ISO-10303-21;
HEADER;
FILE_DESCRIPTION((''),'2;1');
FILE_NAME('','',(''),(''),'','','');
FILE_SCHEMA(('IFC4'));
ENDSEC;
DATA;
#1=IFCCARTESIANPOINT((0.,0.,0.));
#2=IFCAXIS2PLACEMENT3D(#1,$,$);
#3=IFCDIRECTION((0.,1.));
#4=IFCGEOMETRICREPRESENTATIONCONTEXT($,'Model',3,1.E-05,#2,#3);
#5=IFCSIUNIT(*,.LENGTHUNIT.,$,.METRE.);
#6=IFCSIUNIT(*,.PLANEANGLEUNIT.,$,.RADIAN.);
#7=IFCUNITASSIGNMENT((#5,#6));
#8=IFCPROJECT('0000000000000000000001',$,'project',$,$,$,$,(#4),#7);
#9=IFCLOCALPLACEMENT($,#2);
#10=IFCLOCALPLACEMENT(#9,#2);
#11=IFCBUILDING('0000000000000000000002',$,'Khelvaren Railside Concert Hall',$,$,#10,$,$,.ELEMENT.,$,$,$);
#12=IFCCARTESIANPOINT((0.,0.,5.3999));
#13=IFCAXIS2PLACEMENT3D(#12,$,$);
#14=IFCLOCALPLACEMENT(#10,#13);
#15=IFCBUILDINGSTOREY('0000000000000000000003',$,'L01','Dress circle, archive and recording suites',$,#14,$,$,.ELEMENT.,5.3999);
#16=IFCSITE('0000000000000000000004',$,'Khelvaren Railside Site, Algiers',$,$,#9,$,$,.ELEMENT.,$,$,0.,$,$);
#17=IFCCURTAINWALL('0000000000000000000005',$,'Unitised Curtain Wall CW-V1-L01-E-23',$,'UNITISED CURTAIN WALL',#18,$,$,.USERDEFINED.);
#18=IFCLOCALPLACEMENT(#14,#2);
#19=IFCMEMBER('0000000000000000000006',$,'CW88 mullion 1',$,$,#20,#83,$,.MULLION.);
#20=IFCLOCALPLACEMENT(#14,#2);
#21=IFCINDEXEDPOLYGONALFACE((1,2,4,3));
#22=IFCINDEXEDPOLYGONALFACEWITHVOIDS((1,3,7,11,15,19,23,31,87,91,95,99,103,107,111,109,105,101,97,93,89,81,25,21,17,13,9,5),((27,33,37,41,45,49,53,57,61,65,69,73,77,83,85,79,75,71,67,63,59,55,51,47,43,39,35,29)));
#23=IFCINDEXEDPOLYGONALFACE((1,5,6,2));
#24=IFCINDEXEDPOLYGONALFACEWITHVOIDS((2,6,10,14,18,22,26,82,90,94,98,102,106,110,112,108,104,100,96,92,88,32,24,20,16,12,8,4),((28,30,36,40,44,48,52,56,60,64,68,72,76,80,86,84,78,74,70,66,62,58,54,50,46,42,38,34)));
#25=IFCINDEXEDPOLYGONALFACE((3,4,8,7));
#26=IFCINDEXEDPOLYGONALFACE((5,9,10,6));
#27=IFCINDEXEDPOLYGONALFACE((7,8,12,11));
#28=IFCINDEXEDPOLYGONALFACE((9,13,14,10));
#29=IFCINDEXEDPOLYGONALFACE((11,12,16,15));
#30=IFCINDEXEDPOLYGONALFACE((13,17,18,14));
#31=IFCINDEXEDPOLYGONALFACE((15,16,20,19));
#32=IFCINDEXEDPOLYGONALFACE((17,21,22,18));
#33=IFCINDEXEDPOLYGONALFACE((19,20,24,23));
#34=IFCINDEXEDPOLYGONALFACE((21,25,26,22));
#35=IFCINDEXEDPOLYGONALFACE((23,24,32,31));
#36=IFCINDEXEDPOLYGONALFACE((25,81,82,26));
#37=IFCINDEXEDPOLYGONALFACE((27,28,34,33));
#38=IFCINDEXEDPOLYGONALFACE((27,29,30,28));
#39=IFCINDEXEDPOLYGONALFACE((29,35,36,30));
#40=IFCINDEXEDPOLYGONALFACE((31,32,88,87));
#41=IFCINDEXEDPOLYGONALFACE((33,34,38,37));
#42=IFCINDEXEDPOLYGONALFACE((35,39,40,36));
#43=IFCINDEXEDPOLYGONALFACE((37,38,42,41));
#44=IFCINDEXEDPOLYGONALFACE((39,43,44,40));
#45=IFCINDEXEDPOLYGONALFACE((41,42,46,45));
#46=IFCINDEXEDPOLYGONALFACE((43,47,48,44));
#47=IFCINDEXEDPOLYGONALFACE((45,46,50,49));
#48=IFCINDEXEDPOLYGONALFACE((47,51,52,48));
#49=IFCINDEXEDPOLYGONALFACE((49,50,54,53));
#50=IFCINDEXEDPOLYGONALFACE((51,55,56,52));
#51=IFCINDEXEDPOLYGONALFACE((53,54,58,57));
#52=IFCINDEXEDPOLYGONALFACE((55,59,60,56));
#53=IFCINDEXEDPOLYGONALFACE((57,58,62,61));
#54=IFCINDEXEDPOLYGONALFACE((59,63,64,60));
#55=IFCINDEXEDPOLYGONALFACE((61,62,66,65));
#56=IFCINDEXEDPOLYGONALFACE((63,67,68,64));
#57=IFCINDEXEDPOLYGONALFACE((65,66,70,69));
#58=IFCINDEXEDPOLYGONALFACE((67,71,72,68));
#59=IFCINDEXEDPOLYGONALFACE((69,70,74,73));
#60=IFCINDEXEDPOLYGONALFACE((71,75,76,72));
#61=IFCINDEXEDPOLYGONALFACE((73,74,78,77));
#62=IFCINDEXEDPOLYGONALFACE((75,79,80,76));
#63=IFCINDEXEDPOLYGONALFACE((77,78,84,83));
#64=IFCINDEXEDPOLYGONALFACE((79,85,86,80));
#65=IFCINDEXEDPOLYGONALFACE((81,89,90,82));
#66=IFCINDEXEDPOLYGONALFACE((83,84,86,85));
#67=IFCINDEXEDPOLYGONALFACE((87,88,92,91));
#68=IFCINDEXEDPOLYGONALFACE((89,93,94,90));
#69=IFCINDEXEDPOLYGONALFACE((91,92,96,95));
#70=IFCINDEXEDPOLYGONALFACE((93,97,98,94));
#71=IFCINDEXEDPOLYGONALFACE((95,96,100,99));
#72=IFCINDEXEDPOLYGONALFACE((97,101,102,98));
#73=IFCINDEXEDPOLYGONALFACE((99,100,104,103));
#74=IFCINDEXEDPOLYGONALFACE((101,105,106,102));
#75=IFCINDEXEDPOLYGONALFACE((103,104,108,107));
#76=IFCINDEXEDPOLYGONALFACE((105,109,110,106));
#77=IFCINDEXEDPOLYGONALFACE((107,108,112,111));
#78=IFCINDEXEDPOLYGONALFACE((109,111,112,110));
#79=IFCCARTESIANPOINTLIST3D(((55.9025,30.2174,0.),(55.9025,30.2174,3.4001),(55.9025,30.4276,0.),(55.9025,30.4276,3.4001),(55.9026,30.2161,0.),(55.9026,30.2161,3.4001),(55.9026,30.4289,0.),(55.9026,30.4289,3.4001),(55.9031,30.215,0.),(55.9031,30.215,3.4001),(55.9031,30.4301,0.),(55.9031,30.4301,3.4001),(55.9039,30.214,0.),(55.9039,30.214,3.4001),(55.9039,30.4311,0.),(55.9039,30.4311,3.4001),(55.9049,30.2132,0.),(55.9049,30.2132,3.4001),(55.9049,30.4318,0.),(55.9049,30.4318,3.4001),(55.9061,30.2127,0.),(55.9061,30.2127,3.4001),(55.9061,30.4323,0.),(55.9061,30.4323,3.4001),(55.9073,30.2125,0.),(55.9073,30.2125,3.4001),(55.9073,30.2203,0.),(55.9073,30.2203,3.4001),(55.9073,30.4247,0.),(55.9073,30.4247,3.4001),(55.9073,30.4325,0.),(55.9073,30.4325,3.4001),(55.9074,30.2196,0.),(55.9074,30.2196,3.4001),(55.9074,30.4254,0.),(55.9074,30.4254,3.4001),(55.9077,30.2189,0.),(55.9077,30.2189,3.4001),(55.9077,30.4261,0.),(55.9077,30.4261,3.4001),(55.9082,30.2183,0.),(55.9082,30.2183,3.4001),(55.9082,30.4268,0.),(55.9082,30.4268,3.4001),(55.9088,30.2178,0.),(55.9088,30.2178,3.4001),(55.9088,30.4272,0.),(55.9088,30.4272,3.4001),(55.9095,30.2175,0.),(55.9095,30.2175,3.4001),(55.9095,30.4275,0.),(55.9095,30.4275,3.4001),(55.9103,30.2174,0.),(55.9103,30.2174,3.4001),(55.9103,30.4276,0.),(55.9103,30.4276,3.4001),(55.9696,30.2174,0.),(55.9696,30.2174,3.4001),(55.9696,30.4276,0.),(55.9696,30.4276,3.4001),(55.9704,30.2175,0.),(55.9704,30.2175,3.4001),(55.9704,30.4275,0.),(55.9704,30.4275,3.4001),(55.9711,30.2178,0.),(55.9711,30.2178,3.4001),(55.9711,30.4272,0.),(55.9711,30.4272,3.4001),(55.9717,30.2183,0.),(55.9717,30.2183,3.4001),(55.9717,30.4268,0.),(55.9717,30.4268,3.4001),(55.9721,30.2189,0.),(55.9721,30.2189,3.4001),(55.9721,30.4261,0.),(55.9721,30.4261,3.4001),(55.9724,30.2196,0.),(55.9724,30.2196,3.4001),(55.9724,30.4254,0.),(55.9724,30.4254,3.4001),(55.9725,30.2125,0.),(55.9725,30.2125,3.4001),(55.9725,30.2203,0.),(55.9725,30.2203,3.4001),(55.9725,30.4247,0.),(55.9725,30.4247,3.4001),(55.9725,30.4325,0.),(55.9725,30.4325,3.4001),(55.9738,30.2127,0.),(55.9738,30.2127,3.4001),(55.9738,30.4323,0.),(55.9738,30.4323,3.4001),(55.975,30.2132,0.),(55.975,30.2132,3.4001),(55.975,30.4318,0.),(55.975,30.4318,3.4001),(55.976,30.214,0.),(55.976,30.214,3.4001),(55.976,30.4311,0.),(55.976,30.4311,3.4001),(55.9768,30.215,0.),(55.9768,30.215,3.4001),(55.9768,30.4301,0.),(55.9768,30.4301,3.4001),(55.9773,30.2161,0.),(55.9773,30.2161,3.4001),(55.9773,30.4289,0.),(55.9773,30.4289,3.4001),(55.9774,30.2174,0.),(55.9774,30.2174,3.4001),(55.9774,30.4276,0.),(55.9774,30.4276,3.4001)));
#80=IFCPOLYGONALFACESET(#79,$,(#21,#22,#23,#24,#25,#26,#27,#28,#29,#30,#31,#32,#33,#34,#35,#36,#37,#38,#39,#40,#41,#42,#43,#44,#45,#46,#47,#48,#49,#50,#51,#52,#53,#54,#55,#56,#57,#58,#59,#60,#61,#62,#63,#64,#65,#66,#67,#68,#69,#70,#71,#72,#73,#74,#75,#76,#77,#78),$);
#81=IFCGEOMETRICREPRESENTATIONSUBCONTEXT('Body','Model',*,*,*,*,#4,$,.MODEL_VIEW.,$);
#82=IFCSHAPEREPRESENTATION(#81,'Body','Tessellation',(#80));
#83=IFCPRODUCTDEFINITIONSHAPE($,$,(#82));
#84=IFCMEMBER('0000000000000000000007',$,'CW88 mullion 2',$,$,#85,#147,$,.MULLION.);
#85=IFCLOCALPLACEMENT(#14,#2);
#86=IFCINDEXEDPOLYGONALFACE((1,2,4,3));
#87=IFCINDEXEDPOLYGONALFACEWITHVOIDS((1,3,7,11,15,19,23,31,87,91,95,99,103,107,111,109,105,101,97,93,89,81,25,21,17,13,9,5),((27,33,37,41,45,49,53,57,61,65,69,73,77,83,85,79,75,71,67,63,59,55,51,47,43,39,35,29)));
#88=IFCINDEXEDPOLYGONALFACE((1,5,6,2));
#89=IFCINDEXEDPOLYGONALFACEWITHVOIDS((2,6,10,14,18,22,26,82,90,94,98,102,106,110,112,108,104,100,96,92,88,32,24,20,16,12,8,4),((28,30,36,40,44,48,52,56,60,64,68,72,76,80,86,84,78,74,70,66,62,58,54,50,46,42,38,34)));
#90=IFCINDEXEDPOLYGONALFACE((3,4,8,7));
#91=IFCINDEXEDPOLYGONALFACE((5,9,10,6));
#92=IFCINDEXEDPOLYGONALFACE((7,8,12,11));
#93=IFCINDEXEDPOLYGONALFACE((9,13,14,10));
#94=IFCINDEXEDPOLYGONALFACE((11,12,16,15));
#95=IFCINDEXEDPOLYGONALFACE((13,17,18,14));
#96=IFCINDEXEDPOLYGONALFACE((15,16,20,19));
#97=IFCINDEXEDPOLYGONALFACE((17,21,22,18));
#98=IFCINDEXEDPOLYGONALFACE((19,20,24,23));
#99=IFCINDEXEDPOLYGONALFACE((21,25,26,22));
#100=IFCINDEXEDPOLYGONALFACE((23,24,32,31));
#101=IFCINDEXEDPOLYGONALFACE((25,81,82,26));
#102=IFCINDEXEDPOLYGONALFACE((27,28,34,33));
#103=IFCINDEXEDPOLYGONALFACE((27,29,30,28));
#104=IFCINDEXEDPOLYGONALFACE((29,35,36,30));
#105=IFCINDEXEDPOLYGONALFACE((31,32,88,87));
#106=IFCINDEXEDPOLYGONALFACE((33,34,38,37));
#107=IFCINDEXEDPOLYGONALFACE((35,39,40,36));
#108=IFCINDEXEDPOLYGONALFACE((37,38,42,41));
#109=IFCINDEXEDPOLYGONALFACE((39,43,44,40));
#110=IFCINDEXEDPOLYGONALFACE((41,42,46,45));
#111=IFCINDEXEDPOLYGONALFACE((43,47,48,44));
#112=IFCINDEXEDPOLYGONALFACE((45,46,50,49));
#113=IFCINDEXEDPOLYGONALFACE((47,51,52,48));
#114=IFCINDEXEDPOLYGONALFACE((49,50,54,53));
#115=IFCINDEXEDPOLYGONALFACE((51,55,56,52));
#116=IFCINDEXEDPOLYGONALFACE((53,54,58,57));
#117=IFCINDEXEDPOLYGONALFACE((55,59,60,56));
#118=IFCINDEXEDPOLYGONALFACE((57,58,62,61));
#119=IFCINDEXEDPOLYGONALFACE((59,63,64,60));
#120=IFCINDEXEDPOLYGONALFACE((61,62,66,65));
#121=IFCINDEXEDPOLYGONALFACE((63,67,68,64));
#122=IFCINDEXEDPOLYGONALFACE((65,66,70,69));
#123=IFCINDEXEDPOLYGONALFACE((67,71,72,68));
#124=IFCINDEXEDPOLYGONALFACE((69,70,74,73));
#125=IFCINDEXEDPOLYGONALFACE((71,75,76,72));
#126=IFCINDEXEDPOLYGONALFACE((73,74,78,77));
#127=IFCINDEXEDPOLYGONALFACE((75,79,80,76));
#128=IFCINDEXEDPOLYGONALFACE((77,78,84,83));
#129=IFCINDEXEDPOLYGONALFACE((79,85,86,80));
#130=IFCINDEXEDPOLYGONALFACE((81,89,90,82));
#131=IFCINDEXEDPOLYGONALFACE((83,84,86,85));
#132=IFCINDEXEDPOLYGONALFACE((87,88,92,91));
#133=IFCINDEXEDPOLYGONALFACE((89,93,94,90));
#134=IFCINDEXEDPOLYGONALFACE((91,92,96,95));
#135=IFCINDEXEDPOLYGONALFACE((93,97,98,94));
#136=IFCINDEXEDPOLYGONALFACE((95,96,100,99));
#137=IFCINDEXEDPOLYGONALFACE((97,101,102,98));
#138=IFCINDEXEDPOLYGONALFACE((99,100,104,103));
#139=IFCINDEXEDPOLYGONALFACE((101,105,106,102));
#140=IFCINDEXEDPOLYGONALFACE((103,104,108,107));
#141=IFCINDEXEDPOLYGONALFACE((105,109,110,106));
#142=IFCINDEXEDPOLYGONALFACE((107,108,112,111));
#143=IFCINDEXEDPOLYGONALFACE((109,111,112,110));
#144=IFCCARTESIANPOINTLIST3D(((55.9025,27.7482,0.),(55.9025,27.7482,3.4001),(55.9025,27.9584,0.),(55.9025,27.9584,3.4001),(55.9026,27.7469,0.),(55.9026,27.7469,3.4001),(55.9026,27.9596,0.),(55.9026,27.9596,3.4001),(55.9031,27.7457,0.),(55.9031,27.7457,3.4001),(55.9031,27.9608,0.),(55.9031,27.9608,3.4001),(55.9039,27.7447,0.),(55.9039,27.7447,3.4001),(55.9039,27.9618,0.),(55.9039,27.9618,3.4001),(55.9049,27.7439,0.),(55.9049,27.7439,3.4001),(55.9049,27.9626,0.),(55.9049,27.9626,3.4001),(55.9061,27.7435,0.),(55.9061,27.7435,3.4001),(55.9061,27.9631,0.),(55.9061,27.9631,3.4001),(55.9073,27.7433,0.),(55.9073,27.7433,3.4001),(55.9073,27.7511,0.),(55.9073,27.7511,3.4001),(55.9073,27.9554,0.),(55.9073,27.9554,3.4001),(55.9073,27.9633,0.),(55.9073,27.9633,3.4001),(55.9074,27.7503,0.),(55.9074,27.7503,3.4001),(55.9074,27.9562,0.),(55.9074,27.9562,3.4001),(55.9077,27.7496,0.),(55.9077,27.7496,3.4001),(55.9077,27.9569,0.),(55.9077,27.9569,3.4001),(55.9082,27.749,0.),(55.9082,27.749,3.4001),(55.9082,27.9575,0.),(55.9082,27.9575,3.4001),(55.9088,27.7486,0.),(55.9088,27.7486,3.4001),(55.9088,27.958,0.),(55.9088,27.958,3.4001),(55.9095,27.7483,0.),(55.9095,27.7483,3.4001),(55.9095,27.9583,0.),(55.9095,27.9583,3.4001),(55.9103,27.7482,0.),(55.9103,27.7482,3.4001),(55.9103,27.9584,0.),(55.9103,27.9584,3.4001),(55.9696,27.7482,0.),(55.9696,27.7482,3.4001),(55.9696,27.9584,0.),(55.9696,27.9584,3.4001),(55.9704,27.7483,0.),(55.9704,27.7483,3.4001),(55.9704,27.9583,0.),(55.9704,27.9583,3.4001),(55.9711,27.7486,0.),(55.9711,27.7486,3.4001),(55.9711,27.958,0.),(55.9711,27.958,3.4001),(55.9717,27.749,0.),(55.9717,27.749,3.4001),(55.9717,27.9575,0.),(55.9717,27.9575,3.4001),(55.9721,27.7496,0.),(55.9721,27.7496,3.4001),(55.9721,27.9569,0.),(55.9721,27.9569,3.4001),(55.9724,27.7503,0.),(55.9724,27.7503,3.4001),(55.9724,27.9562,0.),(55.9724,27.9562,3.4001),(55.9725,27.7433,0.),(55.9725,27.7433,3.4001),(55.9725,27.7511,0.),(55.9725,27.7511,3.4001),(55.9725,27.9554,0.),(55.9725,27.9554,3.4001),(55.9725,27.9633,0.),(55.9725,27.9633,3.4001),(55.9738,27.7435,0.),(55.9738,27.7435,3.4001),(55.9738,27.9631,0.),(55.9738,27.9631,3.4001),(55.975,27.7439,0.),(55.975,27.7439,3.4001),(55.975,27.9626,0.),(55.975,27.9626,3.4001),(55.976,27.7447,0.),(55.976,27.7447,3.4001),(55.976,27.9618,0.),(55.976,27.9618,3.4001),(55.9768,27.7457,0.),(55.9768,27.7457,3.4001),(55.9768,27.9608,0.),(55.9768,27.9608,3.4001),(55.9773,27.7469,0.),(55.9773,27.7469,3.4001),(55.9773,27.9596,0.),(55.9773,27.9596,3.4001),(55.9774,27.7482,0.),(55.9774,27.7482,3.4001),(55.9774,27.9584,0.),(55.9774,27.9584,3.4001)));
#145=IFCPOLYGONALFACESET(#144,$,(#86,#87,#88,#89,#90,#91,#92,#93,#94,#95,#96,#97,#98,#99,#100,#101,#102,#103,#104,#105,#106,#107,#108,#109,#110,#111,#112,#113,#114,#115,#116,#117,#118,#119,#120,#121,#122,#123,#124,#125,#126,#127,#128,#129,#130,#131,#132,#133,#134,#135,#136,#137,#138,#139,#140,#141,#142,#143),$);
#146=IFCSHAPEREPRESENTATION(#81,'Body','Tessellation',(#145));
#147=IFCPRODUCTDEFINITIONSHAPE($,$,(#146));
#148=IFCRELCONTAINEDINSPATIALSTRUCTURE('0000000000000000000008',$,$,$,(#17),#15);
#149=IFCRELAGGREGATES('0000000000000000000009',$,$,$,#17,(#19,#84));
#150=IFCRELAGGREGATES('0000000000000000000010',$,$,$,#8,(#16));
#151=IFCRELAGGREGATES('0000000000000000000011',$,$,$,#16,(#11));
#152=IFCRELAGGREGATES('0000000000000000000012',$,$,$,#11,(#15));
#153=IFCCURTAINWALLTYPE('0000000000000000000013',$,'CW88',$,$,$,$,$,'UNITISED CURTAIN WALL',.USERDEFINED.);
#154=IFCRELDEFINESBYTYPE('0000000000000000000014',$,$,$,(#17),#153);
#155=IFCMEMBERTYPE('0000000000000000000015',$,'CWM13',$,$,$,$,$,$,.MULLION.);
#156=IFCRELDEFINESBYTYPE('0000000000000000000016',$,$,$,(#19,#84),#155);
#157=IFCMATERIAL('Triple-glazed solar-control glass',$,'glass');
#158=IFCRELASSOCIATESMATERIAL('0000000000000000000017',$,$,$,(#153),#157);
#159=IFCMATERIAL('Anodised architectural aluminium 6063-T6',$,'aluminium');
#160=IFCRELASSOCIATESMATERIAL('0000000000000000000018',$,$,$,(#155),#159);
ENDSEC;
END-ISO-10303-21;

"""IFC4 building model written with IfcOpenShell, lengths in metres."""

from ifc_helpers import new_model, si_unit, direction, frame, origin, origin_2d, place, context, subcontext, project, spatial, hollow_rectangle, extrude, material, material_profile, profile_set, type_object, element, aggregate, save


model = new_model("IFC4")

# Units and contexts
model_context = context("Model", 3, precision=1e-05, world=origin(), true_north=direction((0.0, 1.0)))
body_context = subcontext(model_context, "Body", "Model", "MODEL_VIEW")
ifc_project = project(units=[si_unit("LENGTHUNIT", "METRE"), si_unit("PLANEANGLEUNIT", "RADIAN")], contexts=[model_context])

# Site, building, storey
site_placement = place(None, origin())
site = spatial("IfcSite", under=ifc_project, at=site_placement, Name="Khelvaren Railside Site, Algiers", CompositionType="ELEMENT", RefElevation=0.0)
building_placement = place(site_placement, origin())
building = spatial("IfcBuilding", under=site, at=building_placement, Name="Khelvaren Railside Concert Hall", CompositionType="ELEMENT")
storey_placement = place(building_placement, frame((0.0, 0.0, 5.3999)))
storey = spatial("IfcBuildingStorey", under=building, at=storey_placement, Name="L01", Description="Dress circle, archive and recording suites", CompositionType="ELEMENT", Elevation=5.3999)

# Curtain wall, members
ifc_material_1 = material(Name="Triple-glazed solar-control glass", Category="glass")
curtain_wall_type_1 = type_object("IfcCurtainWallType", Name="CW88", ElementType="UNITISED CURTAIN WALL", PredefinedType="USERDEFINED", material=ifc_material_1)
curtain_wall_1_placement = place(storey_placement, origin())
curtain_wall_1 = element("IfcCurtainWall", 1, at=curtain_wall_1_placement, inside=storey, type_object=curtain_wall_type_1, Name="Unitised Curtain Wall CW-V1-L01-E-23", ObjectType="UNITISED CURTAIN WALL", PredefinedType="USERDEFINED")
ifc_material_2 = material(Name="Anodised architectural aluminium 6063-T6", Category="aluminium")
ifc_material_profile_1 = material_profile(ifc_material_2, hollow_rectangle(XDim=0.075, YDim=0.22, WallThickness=0.0049, InnerFilletRadius=0.0029, OuterFilletRadius=0.0049, at=origin_2d()), Name="CWM 75x220x5")
ifc_profile_set_1 = profile_set([ifc_material_profile_1], Name="Anodised architectural aluminium 6063-T6")
member_type_1 = type_object("IfcMemberType", Name="CWM13", PredefinedType="MULLION", material=ifc_profile_set_1)
member_1_placement = place(storey_placement, frame((55.9399, 30.3225, 0.0), z_axis=(0.0, 0.0, 1.0), x_axis=(1.0, 0.0, 0.0)))
member_1 = element("IfcMember", 2, at=member_1_placement, type_object=member_type_1, Name="CW88 mullion 1", PredefinedType="MULLION", context=body_context, shape_type="SweptSolid", body=[
    extrude(hollow_rectangle(XDim=0.075, YDim=0.22, WallThickness=0.0049, InnerFilletRadius=0.0029, OuterFilletRadius=0.0049, at=origin_2d()), origin(), (0.0, 0.0, 1.0), 3.4001),
])
member_2_placement = place(storey_placement, frame((55.9399, 27.8533, 0.0), z_axis=(0.0, 0.0, 1.0), x_axis=(1.0, 0.0, 0.0)))
member_2 = element("IfcMember", 3, at=member_2_placement, type_object=member_type_1, Name="CW88 mullion 2", PredefinedType="MULLION", context=body_context, shape_type="SweptSolid", body=[
    extrude(hollow_rectangle(XDim=0.075, YDim=0.22, WallThickness=0.0049, InnerFilletRadius=0.0029, OuterFilletRadius=0.0049, at=origin_2d()), origin(), (0.0, 0.0, 1.0), 3.4001),
])

aggregate(curtain_wall_1, [member_1, member_2])

save(model, "model.ifc")
